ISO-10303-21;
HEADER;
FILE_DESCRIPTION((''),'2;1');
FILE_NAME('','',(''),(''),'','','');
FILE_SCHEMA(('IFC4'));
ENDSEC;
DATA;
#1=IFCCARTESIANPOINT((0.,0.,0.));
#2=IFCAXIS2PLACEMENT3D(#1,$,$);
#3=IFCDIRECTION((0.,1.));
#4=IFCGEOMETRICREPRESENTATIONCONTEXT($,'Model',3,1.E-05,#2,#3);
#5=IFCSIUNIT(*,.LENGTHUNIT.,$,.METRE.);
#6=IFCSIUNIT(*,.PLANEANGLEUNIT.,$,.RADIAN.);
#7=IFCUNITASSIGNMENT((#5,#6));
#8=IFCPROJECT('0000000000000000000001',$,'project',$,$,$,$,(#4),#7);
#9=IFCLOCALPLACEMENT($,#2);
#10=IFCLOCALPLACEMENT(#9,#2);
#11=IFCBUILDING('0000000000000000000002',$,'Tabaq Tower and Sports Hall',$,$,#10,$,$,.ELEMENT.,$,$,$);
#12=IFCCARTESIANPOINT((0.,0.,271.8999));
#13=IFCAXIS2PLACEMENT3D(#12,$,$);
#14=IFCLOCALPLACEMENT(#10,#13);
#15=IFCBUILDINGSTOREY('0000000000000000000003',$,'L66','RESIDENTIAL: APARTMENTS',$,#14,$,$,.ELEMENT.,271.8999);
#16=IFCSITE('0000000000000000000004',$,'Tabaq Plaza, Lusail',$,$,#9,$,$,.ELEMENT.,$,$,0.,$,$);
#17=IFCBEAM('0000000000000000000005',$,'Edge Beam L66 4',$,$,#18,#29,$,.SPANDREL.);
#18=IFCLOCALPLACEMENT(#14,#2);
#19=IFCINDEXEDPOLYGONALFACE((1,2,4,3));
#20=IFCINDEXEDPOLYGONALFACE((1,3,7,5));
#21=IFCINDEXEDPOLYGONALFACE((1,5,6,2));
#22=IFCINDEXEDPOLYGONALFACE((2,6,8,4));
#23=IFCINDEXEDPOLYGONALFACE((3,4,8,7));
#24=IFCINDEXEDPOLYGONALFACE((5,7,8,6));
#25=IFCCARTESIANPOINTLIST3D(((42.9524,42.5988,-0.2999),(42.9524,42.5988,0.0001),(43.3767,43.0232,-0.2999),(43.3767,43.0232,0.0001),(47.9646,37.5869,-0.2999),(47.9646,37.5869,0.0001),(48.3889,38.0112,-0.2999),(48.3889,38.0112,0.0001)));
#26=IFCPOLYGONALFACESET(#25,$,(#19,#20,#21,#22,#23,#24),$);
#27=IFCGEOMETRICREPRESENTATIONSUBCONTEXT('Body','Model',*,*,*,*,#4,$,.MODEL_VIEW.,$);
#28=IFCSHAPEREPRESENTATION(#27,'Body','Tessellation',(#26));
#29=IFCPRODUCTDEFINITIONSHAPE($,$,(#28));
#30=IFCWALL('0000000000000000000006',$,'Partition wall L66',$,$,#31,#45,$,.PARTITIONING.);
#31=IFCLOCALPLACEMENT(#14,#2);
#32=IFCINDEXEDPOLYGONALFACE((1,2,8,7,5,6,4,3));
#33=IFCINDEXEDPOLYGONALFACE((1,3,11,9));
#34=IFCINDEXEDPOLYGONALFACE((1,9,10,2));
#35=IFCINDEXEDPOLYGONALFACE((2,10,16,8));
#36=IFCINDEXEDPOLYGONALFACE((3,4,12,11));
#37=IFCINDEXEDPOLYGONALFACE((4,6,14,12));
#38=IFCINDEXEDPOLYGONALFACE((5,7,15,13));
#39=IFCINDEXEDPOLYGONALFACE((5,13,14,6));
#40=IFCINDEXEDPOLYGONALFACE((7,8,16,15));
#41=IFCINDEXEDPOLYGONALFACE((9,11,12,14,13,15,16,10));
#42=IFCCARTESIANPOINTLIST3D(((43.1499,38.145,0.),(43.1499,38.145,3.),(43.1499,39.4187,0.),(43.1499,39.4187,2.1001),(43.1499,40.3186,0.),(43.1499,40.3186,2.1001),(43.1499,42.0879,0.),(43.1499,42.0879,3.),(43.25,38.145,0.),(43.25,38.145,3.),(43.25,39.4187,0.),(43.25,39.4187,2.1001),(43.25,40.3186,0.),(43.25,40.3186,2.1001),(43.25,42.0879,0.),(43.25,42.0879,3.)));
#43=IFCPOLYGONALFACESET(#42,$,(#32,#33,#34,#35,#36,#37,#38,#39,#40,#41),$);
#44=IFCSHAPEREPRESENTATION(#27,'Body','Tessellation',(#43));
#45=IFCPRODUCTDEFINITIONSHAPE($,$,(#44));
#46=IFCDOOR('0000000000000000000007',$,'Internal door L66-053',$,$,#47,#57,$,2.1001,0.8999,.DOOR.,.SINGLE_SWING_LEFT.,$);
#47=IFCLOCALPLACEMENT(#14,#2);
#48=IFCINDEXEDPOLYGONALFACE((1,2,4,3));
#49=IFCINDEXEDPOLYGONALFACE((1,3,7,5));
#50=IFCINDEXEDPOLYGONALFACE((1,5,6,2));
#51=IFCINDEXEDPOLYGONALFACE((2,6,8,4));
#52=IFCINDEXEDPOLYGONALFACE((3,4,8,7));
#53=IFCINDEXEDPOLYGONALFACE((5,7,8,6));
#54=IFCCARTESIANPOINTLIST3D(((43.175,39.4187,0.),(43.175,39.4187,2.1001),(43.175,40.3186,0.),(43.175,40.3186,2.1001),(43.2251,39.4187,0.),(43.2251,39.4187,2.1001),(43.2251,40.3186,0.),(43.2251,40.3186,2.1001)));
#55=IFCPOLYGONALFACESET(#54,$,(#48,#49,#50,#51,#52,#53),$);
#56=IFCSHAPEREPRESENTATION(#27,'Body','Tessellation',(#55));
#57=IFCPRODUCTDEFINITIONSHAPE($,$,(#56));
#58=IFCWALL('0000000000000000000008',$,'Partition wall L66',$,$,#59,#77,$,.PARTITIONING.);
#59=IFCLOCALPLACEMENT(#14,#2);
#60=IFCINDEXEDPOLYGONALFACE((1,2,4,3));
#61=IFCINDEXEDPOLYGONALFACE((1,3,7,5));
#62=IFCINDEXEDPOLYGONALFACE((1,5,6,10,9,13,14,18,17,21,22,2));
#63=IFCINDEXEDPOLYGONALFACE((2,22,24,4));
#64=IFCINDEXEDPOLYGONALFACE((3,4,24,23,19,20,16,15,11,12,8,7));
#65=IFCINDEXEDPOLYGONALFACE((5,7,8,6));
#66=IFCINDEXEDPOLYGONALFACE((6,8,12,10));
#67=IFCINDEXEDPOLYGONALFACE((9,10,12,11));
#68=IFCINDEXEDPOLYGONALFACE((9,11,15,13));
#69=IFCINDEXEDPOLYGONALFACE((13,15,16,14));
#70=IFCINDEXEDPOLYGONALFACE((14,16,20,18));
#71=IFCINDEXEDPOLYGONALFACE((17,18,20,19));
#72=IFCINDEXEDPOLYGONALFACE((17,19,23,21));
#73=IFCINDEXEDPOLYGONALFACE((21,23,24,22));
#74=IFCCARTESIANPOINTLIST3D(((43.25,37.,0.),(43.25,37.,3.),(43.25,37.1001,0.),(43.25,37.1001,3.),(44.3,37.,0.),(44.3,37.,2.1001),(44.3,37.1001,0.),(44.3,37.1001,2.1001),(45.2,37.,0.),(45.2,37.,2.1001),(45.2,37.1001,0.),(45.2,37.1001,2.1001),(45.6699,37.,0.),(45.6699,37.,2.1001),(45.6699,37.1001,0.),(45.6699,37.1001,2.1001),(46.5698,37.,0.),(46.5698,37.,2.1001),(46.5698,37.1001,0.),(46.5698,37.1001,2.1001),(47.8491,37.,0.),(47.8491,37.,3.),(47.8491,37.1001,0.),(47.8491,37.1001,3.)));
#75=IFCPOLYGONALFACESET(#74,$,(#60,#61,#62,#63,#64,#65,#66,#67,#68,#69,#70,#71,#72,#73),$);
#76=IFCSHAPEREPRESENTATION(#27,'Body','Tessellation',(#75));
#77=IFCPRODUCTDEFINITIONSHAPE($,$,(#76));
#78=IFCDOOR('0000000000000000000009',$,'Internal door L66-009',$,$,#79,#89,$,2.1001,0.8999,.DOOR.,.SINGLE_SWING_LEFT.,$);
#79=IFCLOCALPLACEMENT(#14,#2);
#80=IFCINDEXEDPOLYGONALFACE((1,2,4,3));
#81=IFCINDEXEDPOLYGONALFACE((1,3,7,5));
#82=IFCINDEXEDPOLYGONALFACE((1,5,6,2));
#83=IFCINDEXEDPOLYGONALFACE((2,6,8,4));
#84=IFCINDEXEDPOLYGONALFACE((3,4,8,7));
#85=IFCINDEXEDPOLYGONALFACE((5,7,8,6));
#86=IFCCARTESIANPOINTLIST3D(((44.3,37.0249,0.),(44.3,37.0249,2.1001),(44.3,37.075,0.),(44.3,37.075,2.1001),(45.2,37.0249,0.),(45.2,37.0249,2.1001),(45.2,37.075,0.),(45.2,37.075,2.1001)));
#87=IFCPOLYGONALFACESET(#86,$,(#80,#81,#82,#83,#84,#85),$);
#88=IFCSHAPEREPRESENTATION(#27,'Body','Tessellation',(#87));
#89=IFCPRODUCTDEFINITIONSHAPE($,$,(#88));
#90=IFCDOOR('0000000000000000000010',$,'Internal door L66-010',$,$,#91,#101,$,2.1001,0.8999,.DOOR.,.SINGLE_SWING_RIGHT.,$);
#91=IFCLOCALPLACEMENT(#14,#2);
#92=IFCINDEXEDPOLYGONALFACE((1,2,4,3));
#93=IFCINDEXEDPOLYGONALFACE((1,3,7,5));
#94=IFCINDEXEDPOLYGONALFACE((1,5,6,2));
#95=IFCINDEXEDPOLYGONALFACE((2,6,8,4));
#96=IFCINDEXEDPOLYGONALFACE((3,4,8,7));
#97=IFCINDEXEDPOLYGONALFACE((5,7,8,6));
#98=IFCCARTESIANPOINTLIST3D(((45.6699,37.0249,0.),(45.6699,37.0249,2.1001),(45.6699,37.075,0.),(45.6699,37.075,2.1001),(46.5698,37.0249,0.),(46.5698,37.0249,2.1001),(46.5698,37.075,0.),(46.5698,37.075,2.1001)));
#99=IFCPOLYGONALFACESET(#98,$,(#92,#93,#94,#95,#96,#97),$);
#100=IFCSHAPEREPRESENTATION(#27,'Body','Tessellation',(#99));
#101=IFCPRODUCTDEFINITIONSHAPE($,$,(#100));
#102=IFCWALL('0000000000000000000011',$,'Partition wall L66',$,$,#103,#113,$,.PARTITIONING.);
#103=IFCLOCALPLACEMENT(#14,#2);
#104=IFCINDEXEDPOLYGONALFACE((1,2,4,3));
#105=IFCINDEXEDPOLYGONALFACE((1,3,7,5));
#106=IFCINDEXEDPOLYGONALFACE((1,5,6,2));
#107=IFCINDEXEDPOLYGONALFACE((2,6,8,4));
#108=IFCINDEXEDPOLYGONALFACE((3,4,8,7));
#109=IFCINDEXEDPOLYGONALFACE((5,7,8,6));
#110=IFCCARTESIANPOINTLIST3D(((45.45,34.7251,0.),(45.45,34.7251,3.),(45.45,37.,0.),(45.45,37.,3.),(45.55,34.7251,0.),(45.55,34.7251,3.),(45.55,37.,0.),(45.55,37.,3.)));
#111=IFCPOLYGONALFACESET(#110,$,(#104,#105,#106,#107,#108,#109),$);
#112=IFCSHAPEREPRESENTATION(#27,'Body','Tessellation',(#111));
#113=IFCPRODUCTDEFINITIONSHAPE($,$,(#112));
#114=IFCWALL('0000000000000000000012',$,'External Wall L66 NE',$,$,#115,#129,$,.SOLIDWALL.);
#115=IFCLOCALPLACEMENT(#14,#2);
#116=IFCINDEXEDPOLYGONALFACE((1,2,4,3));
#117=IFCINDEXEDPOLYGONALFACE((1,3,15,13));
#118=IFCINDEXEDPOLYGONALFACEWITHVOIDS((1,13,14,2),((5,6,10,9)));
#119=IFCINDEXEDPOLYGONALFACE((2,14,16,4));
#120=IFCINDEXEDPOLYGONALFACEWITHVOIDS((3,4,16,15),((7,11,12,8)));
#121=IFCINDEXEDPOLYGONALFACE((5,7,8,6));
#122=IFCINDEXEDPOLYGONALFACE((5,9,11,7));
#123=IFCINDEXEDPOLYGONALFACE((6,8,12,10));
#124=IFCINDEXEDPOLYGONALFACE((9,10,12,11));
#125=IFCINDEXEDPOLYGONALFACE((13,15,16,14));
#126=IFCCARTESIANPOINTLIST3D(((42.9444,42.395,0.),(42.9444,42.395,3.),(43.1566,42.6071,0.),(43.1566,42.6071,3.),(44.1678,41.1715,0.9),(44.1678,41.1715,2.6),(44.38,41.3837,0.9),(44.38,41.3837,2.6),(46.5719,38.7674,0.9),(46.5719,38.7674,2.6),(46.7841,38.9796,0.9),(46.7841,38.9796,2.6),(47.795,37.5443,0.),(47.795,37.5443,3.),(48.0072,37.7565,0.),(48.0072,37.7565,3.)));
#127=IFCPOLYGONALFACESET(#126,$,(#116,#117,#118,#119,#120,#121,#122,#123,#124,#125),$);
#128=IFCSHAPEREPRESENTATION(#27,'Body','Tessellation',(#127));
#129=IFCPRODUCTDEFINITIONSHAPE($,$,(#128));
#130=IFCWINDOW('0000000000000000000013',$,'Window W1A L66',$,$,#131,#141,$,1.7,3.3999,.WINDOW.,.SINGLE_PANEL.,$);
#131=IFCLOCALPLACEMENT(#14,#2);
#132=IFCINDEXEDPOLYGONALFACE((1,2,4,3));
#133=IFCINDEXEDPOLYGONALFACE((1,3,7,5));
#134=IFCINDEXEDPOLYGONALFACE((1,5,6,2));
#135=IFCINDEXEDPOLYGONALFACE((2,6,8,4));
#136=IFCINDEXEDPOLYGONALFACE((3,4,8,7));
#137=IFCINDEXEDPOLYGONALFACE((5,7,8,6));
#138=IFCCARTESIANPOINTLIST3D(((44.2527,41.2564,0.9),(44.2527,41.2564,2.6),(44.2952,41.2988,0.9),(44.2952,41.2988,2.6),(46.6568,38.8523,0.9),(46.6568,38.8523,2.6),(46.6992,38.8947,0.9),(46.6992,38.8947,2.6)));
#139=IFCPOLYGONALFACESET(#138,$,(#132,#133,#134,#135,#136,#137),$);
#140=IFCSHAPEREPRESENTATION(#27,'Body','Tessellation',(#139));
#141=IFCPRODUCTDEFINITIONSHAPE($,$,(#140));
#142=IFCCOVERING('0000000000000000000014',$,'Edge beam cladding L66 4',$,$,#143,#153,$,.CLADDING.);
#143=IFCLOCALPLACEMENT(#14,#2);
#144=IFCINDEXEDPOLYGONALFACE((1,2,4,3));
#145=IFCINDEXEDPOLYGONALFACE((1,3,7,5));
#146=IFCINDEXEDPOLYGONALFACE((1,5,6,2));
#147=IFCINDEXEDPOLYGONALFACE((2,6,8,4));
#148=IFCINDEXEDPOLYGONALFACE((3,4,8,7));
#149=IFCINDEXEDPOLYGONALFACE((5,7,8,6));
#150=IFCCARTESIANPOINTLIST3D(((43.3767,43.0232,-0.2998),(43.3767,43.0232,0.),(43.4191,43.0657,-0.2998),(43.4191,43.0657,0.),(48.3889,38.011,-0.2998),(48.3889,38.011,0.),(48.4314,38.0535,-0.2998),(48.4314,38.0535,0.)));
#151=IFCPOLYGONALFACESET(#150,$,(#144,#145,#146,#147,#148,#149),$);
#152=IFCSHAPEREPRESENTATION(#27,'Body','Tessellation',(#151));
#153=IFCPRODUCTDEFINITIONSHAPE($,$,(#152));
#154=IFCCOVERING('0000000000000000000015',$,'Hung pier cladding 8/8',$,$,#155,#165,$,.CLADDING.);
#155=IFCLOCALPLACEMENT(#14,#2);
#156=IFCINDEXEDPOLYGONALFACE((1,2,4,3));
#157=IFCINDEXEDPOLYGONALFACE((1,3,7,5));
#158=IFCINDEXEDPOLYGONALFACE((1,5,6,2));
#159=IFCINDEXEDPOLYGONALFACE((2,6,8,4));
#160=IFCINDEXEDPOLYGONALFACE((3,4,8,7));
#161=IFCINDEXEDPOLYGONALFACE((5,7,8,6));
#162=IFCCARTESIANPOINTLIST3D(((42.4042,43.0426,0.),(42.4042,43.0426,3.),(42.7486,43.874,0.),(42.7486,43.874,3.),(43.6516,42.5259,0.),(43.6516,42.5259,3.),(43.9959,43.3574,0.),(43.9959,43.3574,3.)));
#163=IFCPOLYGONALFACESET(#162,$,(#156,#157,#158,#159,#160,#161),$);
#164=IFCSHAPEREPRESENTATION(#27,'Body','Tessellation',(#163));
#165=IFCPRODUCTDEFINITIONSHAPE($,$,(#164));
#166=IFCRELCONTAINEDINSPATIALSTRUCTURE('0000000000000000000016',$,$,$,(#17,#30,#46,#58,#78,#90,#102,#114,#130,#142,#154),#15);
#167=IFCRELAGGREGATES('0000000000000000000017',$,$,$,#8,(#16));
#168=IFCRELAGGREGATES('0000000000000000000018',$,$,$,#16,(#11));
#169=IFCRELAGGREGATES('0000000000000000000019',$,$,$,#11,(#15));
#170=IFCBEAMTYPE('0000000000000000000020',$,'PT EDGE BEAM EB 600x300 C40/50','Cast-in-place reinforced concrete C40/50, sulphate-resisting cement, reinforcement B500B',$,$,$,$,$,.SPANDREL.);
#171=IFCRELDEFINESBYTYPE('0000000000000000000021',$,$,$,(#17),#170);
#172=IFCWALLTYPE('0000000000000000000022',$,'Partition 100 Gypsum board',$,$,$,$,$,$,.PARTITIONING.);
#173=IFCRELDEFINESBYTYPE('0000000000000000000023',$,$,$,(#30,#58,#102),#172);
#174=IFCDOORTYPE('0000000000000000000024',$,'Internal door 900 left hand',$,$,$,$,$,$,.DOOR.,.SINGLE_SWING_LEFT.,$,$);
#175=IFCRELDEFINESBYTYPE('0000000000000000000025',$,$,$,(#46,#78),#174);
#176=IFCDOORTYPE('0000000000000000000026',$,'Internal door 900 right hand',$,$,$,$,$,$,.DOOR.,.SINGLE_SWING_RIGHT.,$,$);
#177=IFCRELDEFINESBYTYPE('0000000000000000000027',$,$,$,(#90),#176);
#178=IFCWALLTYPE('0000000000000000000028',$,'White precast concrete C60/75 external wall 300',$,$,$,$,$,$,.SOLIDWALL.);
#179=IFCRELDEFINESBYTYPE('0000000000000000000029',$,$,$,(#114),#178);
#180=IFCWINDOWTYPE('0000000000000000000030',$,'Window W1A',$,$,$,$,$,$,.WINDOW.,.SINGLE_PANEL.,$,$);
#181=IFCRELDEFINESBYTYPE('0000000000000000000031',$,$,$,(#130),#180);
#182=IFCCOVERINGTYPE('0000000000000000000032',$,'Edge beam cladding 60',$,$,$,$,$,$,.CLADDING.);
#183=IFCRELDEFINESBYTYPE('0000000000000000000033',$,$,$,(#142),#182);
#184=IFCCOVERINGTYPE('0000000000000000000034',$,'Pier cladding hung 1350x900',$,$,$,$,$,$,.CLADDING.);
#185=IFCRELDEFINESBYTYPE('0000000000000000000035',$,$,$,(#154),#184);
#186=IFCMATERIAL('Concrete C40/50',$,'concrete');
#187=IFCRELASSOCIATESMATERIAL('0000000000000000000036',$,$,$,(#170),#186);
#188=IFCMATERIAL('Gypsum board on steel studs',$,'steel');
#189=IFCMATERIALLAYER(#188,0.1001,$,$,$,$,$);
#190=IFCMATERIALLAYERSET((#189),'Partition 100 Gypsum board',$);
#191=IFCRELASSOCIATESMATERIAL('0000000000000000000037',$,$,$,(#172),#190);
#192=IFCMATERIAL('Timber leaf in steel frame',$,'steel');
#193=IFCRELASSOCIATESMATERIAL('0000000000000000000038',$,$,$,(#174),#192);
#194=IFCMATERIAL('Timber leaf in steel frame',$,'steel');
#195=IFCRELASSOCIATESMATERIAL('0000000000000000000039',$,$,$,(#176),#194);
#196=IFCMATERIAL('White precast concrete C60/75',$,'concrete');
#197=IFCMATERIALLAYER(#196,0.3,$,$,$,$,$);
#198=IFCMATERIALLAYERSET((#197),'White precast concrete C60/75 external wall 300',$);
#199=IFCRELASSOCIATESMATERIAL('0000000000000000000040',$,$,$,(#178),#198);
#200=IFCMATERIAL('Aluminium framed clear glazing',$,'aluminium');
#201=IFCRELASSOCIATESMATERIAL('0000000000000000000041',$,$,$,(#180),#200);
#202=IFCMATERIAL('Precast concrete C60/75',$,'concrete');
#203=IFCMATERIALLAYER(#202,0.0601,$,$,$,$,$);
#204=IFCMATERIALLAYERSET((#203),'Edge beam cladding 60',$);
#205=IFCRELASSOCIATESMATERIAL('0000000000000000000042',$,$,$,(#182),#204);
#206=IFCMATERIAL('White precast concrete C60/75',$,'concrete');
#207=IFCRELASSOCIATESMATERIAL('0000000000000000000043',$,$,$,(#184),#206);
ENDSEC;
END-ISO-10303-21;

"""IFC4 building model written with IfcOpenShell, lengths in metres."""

from ifc_helpers import new_model, si_unit, direction, frame, frame_2d, origin, origin_2d, place, context, subcontext, project, spatial, rectangle, extrude, material, layer, layer_set, material_profile, profile_set, type_object, element, fill, save


model = new_model("IFC4")

# Units and contexts
model_context = context("Model", 3, precision=1e-05, world=origin(), true_north=direction((0.0, 1.0)))
body_context = subcontext(model_context, "Body", "Model", "MODEL_VIEW")
ifc_project = project(units=[si_unit("LENGTHUNIT", "METRE"), si_unit("PLANEANGLEUNIT", "RADIAN")], contexts=[model_context])

# Site, building, storey
site_placement = place(None, origin())
site = spatial("IfcSite", under=ifc_project, at=site_placement, Name="Tabaq Plaza, Lusail", CompositionType="ELEMENT", RefElevation=0.0)
building_placement = place(site_placement, origin())
building = spatial("IfcBuilding", under=site, at=building_placement, Name="Tabaq Tower and Sports Hall", CompositionType="ELEMENT")
storey_placement = place(building_placement, frame((0.0, 0.0, 271.8999)))
storey = spatial("IfcBuildingStorey", under=building, at=storey_placement, Name="L66", Description="RESIDENTIAL: APARTMENTS", CompositionType="ELEMENT", Elevation=271.8999)

# Beam
ifc_material_1 = material(Name="Concrete C40/50", Category="concrete")
ifc_material_profile = material_profile(ifc_material_1, rectangle(XDim=0.6001, YDim=0.3, at=origin_2d()), Name="EB 600x300")
ifc_profile_set = profile_set([ifc_material_profile], Name="Concrete C40/50")
beam_type = type_object("IfcBeamType", Name="PT EDGE BEAM EB 600x300 C40/50", Description="Cast-in-place reinforced concrete C40/50, sulphate-resisting cement, reinforcement B500B", PredefinedType="SPANDREL", material=ifc_profile_set)
beam_placement = place(storey_placement, frame((48.1768, 37.7991, -0.1499), z_axis=(-0.707124, 0.70709, 0.0), x_axis=(-0.70709, -0.707124, 0.0)))
element("IfcBeam", 1, at=beam_placement, inside=storey, type_object=beam_type, Name="Edge Beam L66 4", PredefinedType="SPANDREL", context=body_context, shape_type="SweptSolid", body=[
    extrude(rectangle(XDim=0.6001, YDim=0.3, at=origin_2d()), origin(), (0.0, 0.0, 1.0), 7.0881),
])

# Wall, opening, door
ifc_material_2 = material(Name="Gypsum board on steel studs", Category="steel")
ifc_layer_1 = layer(ifc_material_2, 0.1001)
ifc_layer_set_1 = layer_set([ifc_layer_1], Name="Partition 100 Gypsum board")
wall_type_1 = type_object("IfcWallType", Name="Partition 100 Gypsum board", PredefinedType="PARTITIONING", material=ifc_layer_set_1)
wall_1_placement = place(storey_placement, frame((43.2, 38.145, 0.0), z_axis=(0.0, 0.0, 1.0), x_axis=(0.0, 1.0, 0.0)))
wall_1 = element("IfcWall", 2, at=wall_1_placement, inside=storey, type_object=wall_type_1, Name="Partition wall L66", PredefinedType="PARTITIONING", context=body_context, shape_type="SweptSolid", body=[
    extrude(rectangle(XDim=3.9429, YDim=0.1001, at=frame_2d((1.9714, 0.0))), origin(), (0.0, 0.0, 1.0), 3.0),
])
opening_1_placement = place(wall_1_placement, frame((1.2737, 0.0, 0.0)))
opening_1 = element("IfcOpeningElement", 3, at=opening_1_placement, cuts=wall_1, PredefinedType="OPENING", context=body_context, shape_type="SweptSolid", body=[
    extrude(rectangle(XDim=0.8999, YDim=2.1001, at=frame_2d((0.45, 1.05))), frame((0.0, 0.05, 0.0), z_axis=(0.0, -1.0, 0.0), x_axis=(1.0, 0.0, 0.0)), (0.0, 0.0, 1.0), 0.1001),
])
ifc_material_3 = material(Name="Timber leaf in steel frame", Category="steel")
door_type_1 = type_object("IfcDoorType", Name="Internal door 900 left hand", OperationType="SINGLE_SWING_LEFT", PredefinedType="DOOR", material=ifc_material_3)
door_1_placement = place(opening_1_placement, origin())
door_1 = element("IfcDoor", 4, at=door_1_placement, inside=storey, type_object=door_type_1, Name="Internal door L66-053", OperationType="SINGLE_SWING_LEFT", OverallHeight=2.1001, OverallWidth=0.8999, PredefinedType="DOOR", context=body_context, shape_type="SweptSolid", body=[
    extrude(rectangle(XDim=0.8999, YDim=2.1001, at=frame_2d((0.45, 1.05))), frame((0.0, 0.0249, 0.0), z_axis=(0.0, -1.0, 0.0), x_axis=(1.0, 0.0, 0.0)), (0.0, 0.0, 1.0), 0.05),
])
fill(opening_1, door_1)

# Wall, openings, doors
wall_2_placement = place(storey_placement, frame((43.25, 37.05, 0.0), z_axis=(0.0, 0.0, 1.0), x_axis=(1.0, 0.0, 0.0)))
wall_2 = element("IfcWall", 5, at=wall_2_placement, inside=storey, type_object=wall_type_1, Name="Partition wall L66", PredefinedType="PARTITIONING", context=body_context, shape_type="SweptSolid", body=[
    extrude(rectangle(XDim=4.5991, YDim=0.1001, at=frame_2d((2.2996, 0.0))), origin(), (0.0, 0.0, 1.0), 3.0),
])
opening_2_placement = place(wall_2_placement, frame((1.05, 0.0, 0.0)))
opening_2 = element("IfcOpeningElement", 6, at=opening_2_placement, cuts=wall_2, PredefinedType="OPENING", context=body_context, shape_type="SweptSolid", body=[
    extrude(rectangle(XDim=0.8999, YDim=2.1001, at=frame_2d((0.45, 1.05))), frame((0.0, 0.05, 0.0), z_axis=(0.0, -1.0, 0.0), x_axis=(1.0, 0.0, 0.0)), (0.0, 0.0, 1.0), 0.1001),
])
opening_3_placement = place(wall_2_placement, frame((2.4199, 0.0, 0.0)))
opening_3 = element("IfcOpeningElement", 7, at=opening_3_placement, cuts=wall_2, PredefinedType="OPENING", context=body_context, shape_type="SweptSolid", body=[
    extrude(rectangle(XDim=0.8999, YDim=2.1001, at=frame_2d((0.45, 1.05))), frame((0.0, 0.05, 0.0), z_axis=(0.0, -1.0, 0.0), x_axis=(1.0, 0.0, 0.0)), (0.0, 0.0, 1.0), 0.1001),
])
door_2_placement = place(opening_2_placement, origin())
door_2 = element("IfcDoor", 8, at=door_2_placement, inside=storey, type_object=door_type_1, Name="Internal door L66-009", OperationType="SINGLE_SWING_LEFT", OverallHeight=2.1001, OverallWidth=0.8999, PredefinedType="DOOR", context=body_context, shape_type="SweptSolid", body=[
    extrude(rectangle(XDim=0.8999, YDim=2.1001, at=frame_2d((0.45, 1.05))), frame((0.0, 0.0249, 0.0), z_axis=(0.0, -1.0, 0.0), x_axis=(1.0, 0.0, 0.0)), (0.0, 0.0, 1.0), 0.05),
])
fill(opening_2, door_2)
ifc_material_4 = material(Name="Timber leaf in steel frame", Category="steel")
door_type_2 = type_object("IfcDoorType", Name="Internal door 900 right hand", OperationType="SINGLE_SWING_RIGHT", PredefinedType="DOOR", material=ifc_material_4)
door_3_placement = place(opening_3_placement, origin())
door_3 = element("IfcDoor", 9, at=door_3_placement, inside=storey, type_object=door_type_2, Name="Internal door L66-010", OperationType="SINGLE_SWING_RIGHT", OverallHeight=2.1001, OverallWidth=0.8999, PredefinedType="DOOR", context=body_context, shape_type="SweptSolid", body=[
    extrude(rectangle(XDim=0.8999, YDim=2.1001, at=frame_2d((0.45, 1.05))), frame((0.0, 0.0249, 0.0), z_axis=(0.0, -1.0, 0.0), x_axis=(1.0, 0.0, 0.0)), (0.0, 0.0, 1.0), 0.05),
])
fill(opening_3, door_3)

# Wall
wall_3_placement = place(storey_placement, frame((45.5, 34.7251, 0.0), z_axis=(0.0, 0.0, 1.0), x_axis=(0.0, 1.0, 0.0)))
element("IfcWall", 10, at=wall_3_placement, inside=storey, type_object=wall_type_1, Name="Partition wall L66", PredefinedType="PARTITIONING", context=body_context, shape_type="SweptSolid", body=[
    extrude(rectangle(XDim=2.2749, YDim=0.1001, at=frame_2d((1.1375, 0.0))), origin(), (0.0, 0.0, 1.0), 3.0),
])

# Wall, opening, window
ifc_material_5 = material(Name="White precast concrete C60/75", Category="concrete")
ifc_layer_2 = layer(ifc_material_5, 0.3)
ifc_layer_set_2 = layer_set([ifc_layer_2], Name="White precast concrete C60/75 external wall 300")
wall_type_2 = type_object("IfcWallType", Name="White precast concrete C60/75 external wall 300", PredefinedType="SOLIDWALL", material=ifc_layer_set_2)
wall_4_placement = place(storey_placement, frame((47.9011, 37.6504, 0.0), z_axis=(0.0, 0.0, 1.0), x_axis=(-0.707107, 0.707107, 0.0)))
wall_4 = element("IfcWall", 11, at=wall_4_placement, inside=storey, type_object=wall_type_2, Name="External Wall L66 NE", PredefinedType="SOLIDWALL", context=body_context, shape_type="SweptSolid", body=[
    extrude(rectangle(XDim=6.8599, YDim=0.3, at=frame_2d((3.4299, 0.0))), origin(), (0.0, 0.0, 1.0), 3.0),
])
opening_4_placement = place(wall_4_placement, frame((1.7297, 0.0, 0.8999)))
opening_4 = element("IfcOpeningElement", 12, at=opening_4_placement, cuts=wall_4, PredefinedType="OPENING", context=body_context, shape_type="SweptSolid", body=[
    extrude(rectangle(XDim=3.3999, YDim=1.7, at=frame_2d((1.7, 0.8501))), frame((0.0, 0.1602, 0.0), z_axis=(0.0, -1.0, 0.0), x_axis=(1.0, 0.0, 0.0)), (0.0, 0.0, 1.0), 0.3201),
])
ifc_material_6 = material(Name="Aluminium framed clear glazing", Category="aluminium")
window_type = type_object("IfcWindowType", Name="Window W1A", PartitioningType="SINGLE_PANEL", PredefinedType="WINDOW", material=ifc_material_6)
window_placement = place(opening_4_placement, origin())
window = element("IfcWindow", 13, at=window_placement, inside=storey, type_object=window_type, Name="Window W1A L66", OverallHeight=1.7, OverallWidth=3.3999, PartitioningType="SINGLE_PANEL", PredefinedType="WINDOW", context=body_context, shape_type="SweptSolid", body=[
    extrude(rectangle(XDim=3.3999, YDim=1.7, at=frame_2d((1.7, 0.8501))), frame((0.0, 0.03, 0.0), z_axis=(0.0, -1.0, 0.0), x_axis=(1.0, 0.0, 0.0)), (0.0, 0.0, 1.0), 0.0601),
])
fill(opening_4, window)

# Coverings
ifc_material_7 = material(Name="Precast concrete C60/75", Category="concrete")
ifc_layer_3 = layer(ifc_material_7, 0.0601)
ifc_layer_set_3 = layer_set([ifc_layer_3], Name="Edge beam cladding 60")
covering_type_1 = type_object("IfcCoveringType", Name="Edge beam cladding 60", PredefinedType="CLADDING", material=ifc_layer_set_3)
covering_1_placement = place(storey_placement, frame((48.4102, 38.0322, -0.2998), z_axis=(0.0, 0.0, 1.0), x_axis=(-0.707107, 0.707107, 0.0)))
element("IfcCovering", 14, at=covering_1_placement, inside=storey, type_object=covering_type_1, Name="Edge beam cladding L66 4", PredefinedType="CLADDING", context=body_context, shape_type="SweptSolid", body=[
    extrude(rectangle(XDim=7.0884, YDim=0.0601, at=frame_2d((3.5442, 0.0))), origin(), (0.0, 0.0, 1.0), 0.2998),
])
ifc_material_8 = material(Name="White precast concrete C60/75", Category="concrete")
covering_type_2 = type_object("IfcCoveringType", Name="Pier cladding hung 1350x900", PredefinedType="CLADDING", material=ifc_material_8)
for number, where, z_axis, x_axis, name in (
    (15, (43.8237, 42.9417, 0.0), (0.0, 0.0, 1.0), (-0.923893, 0.38265, 0.0), "Hung pier cladding 8/8"),
):
    element("IfcCovering", number, at=place(storey_placement, frame(where, z_axis=z_axis, x_axis=x_axis)), inside=storey, type_object=covering_type_2, Name=name, PredefinedType="CLADDING", context=body_context, shape_type="SweptSolid", body=[
        extrude(rectangle(XDim=1.3501, YDim=0.8999, at=frame_2d((0.675, 0.0))), origin(), (0.0, 0.0, 1.0), 3.0),
    ])

save(model, "model.ifc")
